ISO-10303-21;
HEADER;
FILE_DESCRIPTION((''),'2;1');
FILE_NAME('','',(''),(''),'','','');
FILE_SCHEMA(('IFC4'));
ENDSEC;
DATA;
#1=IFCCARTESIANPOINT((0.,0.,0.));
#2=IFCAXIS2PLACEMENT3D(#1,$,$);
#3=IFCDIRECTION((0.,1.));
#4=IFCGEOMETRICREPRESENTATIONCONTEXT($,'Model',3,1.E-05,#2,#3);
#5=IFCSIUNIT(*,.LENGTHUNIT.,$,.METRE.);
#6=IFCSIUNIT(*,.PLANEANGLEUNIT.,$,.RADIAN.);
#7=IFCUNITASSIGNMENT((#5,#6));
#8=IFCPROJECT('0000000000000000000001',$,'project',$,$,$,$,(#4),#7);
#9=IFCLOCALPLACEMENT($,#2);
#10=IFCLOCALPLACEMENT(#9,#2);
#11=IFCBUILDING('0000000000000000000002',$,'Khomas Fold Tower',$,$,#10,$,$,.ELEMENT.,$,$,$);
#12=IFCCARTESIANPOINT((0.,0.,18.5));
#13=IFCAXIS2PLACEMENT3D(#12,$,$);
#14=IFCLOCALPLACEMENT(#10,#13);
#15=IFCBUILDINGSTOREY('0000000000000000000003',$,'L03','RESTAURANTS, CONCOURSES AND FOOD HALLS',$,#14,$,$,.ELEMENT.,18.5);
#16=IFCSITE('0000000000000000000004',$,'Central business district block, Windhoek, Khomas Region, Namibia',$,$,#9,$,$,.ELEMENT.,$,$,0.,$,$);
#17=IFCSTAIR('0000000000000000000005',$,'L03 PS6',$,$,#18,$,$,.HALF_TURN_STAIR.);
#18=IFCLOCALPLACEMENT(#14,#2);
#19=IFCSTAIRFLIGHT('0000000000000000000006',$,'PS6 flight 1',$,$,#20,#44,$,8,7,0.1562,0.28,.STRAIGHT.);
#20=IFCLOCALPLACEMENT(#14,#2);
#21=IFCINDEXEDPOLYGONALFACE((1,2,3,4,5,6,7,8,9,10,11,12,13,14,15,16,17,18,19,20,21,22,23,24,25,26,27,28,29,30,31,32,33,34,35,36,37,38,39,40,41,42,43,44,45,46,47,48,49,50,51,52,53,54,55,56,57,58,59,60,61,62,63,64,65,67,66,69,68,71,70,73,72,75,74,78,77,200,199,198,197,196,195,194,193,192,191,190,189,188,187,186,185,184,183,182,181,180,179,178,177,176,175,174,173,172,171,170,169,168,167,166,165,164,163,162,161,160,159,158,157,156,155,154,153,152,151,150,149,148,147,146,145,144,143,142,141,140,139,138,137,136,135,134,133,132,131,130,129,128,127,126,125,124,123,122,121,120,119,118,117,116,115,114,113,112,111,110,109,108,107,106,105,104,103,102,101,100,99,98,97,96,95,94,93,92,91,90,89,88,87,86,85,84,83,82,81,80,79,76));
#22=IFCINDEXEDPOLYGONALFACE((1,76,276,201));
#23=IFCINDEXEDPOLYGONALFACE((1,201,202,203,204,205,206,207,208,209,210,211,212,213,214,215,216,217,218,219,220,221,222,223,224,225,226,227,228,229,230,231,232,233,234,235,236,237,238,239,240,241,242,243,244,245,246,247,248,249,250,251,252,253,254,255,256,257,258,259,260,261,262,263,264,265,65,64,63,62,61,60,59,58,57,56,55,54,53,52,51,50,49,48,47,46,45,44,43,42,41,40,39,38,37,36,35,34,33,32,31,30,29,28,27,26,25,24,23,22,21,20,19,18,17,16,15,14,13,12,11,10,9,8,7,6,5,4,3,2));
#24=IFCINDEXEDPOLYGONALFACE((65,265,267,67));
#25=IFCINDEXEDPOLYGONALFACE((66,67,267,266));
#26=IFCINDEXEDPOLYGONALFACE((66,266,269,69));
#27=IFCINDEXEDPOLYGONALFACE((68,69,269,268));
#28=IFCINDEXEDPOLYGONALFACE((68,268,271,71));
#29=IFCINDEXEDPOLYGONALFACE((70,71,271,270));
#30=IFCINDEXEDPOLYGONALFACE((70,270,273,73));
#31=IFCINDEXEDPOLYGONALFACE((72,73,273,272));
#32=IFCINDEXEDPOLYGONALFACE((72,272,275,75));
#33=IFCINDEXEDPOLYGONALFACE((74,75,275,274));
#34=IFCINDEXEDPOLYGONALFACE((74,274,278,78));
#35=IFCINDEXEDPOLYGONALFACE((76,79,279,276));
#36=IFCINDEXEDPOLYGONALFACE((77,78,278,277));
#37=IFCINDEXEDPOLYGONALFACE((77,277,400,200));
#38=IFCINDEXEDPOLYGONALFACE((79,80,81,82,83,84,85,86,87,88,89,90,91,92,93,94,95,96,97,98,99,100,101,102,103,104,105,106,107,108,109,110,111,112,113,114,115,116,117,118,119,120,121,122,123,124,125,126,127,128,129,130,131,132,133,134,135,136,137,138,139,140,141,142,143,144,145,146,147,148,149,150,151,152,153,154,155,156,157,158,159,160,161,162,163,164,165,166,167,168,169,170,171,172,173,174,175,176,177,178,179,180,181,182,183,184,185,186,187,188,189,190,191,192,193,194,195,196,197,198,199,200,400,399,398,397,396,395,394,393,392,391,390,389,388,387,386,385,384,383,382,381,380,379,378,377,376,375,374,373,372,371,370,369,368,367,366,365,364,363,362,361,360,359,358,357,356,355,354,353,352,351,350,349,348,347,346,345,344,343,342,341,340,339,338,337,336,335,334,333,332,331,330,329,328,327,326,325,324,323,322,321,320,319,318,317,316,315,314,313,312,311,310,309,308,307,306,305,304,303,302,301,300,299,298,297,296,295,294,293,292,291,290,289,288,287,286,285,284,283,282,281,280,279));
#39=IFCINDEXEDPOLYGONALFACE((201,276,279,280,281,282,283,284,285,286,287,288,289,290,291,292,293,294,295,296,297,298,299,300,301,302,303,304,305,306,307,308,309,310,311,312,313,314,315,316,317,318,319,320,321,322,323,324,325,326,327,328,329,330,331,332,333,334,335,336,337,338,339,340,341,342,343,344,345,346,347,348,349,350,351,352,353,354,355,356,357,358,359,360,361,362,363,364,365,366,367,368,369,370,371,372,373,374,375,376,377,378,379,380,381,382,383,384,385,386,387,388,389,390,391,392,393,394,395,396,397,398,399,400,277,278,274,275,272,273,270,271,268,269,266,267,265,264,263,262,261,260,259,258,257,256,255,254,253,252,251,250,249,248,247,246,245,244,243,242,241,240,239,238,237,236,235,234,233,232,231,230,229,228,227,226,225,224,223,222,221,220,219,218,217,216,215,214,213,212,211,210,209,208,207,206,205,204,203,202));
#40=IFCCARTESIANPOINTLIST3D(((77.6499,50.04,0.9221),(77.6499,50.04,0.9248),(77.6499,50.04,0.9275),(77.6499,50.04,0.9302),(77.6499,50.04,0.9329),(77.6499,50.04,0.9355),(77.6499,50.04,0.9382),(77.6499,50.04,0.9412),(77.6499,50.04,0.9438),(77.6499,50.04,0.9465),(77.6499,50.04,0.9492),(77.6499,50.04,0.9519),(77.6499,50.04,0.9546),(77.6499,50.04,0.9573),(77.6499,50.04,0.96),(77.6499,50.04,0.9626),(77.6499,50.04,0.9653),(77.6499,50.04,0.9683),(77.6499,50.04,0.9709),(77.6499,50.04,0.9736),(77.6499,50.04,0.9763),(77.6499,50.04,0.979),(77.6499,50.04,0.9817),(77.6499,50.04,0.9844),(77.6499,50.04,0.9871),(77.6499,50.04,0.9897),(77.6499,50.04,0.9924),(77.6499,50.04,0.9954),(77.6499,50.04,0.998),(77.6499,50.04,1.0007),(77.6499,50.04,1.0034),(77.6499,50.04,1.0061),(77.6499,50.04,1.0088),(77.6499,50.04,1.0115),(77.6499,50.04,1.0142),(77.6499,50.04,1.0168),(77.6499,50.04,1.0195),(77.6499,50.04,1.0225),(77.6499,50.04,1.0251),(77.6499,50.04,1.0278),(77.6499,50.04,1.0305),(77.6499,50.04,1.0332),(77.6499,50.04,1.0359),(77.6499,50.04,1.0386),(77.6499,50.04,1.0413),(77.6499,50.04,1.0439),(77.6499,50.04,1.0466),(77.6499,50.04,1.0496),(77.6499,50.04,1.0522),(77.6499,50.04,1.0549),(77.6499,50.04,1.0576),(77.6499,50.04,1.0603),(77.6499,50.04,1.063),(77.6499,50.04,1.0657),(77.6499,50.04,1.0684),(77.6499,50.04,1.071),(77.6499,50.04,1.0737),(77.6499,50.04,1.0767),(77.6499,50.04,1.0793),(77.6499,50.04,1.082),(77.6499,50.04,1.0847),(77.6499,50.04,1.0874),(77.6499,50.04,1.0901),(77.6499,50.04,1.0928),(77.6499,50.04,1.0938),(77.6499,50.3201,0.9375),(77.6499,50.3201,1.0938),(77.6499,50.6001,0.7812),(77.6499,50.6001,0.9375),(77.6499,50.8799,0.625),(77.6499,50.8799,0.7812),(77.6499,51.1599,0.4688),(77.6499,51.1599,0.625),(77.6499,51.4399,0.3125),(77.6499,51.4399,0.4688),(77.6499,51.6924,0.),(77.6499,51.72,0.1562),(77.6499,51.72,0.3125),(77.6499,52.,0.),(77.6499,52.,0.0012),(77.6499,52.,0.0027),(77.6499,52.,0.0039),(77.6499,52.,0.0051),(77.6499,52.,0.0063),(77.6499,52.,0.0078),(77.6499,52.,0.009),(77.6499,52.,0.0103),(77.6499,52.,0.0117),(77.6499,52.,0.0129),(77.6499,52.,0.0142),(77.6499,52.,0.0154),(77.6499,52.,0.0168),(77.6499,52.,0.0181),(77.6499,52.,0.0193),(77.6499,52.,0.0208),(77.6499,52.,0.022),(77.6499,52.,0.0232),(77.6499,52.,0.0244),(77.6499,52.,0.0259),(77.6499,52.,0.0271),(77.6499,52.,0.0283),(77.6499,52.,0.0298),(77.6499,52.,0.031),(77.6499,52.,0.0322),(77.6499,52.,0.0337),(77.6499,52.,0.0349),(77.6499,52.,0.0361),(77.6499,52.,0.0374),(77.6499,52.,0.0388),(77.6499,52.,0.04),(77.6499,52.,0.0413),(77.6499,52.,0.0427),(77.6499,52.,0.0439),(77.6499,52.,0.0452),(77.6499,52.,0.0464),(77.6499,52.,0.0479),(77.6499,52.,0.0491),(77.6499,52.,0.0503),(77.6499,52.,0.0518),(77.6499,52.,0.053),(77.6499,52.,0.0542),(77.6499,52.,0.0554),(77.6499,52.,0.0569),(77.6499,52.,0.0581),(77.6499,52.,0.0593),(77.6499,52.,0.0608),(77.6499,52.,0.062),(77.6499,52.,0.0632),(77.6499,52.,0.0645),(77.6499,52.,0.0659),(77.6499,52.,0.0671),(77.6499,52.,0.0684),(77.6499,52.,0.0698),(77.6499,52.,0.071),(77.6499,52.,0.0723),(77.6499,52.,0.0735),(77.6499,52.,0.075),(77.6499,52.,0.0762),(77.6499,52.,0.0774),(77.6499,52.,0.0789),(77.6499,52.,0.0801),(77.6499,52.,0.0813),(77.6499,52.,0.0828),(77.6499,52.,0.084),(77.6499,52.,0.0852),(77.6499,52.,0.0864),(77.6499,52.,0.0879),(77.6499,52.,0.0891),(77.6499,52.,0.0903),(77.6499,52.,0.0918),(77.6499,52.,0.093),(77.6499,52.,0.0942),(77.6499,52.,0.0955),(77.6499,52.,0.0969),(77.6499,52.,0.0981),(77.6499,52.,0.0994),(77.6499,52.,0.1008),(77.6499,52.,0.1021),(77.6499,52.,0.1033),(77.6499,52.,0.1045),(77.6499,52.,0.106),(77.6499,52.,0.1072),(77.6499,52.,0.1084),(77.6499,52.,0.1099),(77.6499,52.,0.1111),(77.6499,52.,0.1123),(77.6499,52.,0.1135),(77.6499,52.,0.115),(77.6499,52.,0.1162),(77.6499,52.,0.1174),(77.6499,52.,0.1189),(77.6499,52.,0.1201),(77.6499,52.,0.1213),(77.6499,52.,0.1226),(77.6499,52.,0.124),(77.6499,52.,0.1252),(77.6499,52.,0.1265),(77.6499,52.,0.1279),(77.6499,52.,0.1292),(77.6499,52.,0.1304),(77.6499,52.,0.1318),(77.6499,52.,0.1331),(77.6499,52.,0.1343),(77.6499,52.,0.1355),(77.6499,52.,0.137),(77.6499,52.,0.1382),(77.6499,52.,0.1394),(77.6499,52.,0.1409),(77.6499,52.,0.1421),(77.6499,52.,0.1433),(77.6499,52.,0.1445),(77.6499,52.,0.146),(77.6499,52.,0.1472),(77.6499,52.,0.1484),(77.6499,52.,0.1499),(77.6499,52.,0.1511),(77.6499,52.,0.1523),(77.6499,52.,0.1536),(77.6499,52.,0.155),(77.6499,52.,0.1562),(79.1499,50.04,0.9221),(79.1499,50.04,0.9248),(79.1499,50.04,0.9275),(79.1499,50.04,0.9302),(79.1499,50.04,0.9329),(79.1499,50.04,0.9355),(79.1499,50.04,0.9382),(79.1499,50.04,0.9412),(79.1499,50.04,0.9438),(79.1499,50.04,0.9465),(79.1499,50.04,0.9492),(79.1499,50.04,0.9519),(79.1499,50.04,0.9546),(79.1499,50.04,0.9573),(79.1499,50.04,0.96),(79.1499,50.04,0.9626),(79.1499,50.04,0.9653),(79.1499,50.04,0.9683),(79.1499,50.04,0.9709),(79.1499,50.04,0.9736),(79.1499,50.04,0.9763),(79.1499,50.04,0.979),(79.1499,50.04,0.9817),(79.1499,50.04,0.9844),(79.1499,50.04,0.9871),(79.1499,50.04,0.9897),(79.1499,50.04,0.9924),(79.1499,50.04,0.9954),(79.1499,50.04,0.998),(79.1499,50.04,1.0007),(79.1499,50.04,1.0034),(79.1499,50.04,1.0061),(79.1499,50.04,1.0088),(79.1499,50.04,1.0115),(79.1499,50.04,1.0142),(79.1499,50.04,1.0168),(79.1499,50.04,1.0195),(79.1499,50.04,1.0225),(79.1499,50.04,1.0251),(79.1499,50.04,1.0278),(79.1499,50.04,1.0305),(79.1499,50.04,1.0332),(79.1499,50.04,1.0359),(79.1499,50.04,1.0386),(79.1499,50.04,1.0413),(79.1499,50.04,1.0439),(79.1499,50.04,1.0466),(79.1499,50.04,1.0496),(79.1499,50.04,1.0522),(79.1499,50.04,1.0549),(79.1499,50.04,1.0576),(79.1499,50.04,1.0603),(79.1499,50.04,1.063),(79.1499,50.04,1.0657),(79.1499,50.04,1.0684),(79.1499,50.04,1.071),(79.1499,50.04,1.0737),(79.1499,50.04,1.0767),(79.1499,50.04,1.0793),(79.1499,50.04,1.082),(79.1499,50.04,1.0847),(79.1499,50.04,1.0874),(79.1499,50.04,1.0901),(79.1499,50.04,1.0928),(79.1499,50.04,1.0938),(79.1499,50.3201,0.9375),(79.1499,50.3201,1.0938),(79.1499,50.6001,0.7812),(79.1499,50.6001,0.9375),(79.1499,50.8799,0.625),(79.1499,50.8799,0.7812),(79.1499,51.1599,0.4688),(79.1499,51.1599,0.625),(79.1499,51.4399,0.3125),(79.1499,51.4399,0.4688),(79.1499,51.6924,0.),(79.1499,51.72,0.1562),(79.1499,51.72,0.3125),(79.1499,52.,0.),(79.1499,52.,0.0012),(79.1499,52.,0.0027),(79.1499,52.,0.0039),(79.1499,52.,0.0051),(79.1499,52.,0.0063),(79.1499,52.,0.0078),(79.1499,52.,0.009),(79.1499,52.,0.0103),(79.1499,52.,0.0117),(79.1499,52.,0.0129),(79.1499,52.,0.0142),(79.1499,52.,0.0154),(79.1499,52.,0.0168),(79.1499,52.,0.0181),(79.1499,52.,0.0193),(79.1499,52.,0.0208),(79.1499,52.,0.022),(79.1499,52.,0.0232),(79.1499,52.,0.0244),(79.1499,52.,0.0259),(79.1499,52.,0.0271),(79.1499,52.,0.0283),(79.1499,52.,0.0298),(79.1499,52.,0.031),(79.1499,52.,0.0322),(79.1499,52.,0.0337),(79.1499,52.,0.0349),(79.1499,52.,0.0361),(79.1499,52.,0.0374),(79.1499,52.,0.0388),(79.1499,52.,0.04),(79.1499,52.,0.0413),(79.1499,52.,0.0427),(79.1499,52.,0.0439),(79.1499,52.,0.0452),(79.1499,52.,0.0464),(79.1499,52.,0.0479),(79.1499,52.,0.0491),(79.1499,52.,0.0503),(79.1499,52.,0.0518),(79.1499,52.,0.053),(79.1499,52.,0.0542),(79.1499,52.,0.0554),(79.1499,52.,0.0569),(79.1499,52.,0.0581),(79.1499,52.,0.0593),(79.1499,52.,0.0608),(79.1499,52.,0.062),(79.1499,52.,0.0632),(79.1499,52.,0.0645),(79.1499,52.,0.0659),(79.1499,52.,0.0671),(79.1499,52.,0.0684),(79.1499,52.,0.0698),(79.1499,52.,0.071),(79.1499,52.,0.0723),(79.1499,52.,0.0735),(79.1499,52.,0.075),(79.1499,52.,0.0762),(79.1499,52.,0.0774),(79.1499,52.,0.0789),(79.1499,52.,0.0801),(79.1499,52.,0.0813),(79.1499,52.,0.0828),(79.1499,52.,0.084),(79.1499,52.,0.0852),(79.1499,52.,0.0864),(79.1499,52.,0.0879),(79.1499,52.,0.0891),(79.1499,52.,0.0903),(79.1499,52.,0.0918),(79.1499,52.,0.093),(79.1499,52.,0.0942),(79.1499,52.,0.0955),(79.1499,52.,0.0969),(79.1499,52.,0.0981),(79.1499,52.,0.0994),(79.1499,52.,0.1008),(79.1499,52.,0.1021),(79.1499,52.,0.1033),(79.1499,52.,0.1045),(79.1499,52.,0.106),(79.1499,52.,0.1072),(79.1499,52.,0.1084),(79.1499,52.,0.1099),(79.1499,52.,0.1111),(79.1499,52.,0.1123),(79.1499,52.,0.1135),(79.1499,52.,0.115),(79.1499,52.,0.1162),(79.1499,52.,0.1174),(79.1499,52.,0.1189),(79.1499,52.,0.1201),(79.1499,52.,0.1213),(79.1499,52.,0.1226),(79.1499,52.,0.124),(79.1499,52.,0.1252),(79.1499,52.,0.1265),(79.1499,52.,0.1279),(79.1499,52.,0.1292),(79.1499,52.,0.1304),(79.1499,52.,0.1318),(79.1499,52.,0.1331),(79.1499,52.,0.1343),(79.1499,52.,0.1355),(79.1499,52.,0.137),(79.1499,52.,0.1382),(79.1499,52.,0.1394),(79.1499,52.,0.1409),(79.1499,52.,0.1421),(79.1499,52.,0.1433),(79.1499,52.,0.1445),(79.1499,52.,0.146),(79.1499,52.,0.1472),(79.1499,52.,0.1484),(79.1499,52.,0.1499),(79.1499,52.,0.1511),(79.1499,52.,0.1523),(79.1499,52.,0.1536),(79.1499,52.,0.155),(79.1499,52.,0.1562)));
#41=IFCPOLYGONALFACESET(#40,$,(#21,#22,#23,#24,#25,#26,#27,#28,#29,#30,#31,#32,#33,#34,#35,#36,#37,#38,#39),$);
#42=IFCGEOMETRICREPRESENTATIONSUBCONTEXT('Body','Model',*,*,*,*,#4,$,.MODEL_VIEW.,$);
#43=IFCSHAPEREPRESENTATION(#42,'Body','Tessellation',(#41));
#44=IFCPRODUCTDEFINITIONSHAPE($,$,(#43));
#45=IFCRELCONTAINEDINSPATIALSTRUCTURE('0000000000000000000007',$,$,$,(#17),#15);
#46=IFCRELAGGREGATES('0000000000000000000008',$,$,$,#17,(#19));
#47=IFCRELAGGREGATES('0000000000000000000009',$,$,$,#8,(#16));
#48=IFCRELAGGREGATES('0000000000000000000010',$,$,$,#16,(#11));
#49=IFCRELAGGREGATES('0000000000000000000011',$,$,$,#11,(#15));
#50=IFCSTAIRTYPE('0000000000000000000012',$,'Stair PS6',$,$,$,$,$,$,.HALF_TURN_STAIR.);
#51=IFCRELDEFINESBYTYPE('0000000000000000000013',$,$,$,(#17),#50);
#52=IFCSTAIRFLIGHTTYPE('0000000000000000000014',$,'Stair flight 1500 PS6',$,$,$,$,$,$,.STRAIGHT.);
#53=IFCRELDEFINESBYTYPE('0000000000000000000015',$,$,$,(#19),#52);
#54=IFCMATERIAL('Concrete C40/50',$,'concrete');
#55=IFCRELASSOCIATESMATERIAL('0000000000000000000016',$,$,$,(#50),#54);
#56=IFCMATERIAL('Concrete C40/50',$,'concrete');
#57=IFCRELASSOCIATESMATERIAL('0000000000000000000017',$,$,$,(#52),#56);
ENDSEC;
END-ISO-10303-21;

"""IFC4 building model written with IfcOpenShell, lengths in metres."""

from ifc_helpers import new_model, si_unit, direction, frame, origin, place, context, subcontext, project, spatial, polyline, outline, extrude, source, transform, mapped, material, type_object, element, aggregate, save


model = new_model("IFC4")

# Units and contexts
model_context = context("Model", 3, precision=1e-05, world=origin(), true_north=direction((0.0, 1.0)))
body_context = subcontext(model_context, "Body", "Model", "MODEL_VIEW")
ifc_project = project(units=[si_unit("LENGTHUNIT", "METRE"), si_unit("PLANEANGLEUNIT", "RADIAN")], contexts=[model_context])

# Site, building, storey
site_placement = place(None, origin())
site = spatial("IfcSite", under=ifc_project, at=site_placement, Name="Central business district block, Windhoek, Khomas Region, Namibia", CompositionType="ELEMENT", RefElevation=0.0)
building_placement = place(site_placement, origin())
building = spatial("IfcBuilding", under=site, at=building_placement, Name="Khomas Fold Tower", CompositionType="ELEMENT")
storey_placement = place(building_placement, frame((0.0, 0.0, 18.5)))
storey = spatial("IfcBuildingStorey", under=building, at=storey_placement, Name="L03", Description="RESTAURANTS, CONCOURSES AND FOOD HALLS", CompositionType="ELEMENT", Elevation=18.5)

# Stair, stair flight
shared_shape_1 = source(origin(), body_context, "Body", "SweptSolid", [
    extrude(outline(polyline([(0.0, 0.0), (0.0, 0.0012), (0.0, 0.0027), (0.0, 0.0039), (0.0, 0.0051), (0.0, 0.0063), (0.0, 0.0078), (0.0, 0.009), (0.0, 0.0103), (0.0, 0.0117), (0.0, 0.0129), (0.0, 0.0142), (0.0, 0.0154), (0.0, 0.0168), (0.0, 0.0181), (0.0, 0.0193), (0.0, 0.0208), (0.0, 0.022), (0.0, 0.0232), (0.0, 0.0244), (0.0, 0.0259), (0.0, 0.0271), (0.0, 0.0283), (0.0, 0.0298), (0.0, 0.031), (0.0, 0.0322), (0.0, 0.0337), (0.0, 0.0349), (0.0, 0.0361), (0.0, 0.0374), (0.0, 0.0388), (0.0, 0.04), (0.0, 0.0413), (0.0, 0.0427), (0.0, 0.0439), (0.0, 0.0452), (0.0, 0.0464), (0.0, 0.0479), (0.0, 0.0491), (0.0, 0.0503), (0.0, 0.0518), (0.0, 0.053), (0.0, 0.0542), (0.0, 0.0554), (0.0, 0.0569), (0.0, 0.0581), (0.0, 0.0593), (0.0, 0.0608), (0.0, 0.062), (0.0, 0.0632), (0.0, 0.0645), (0.0, 0.0659), (0.0, 0.0671), (0.0, 0.0684), (0.0, 0.0698), (0.0, 0.071), (0.0, 0.0723), (0.0, 0.0735), (0.0, 0.075), (0.0, 0.0762), (0.0, 0.0774), (0.0, 0.0789), (0.0, 0.0801), (0.0, 0.0813), (0.0, 0.0828), (0.0, 0.084), (0.0, 0.0852), (0.0, 0.0864), (0.0, 0.0879), (0.0, 0.0891), (0.0, 0.0903), (0.0, 0.0918), (0.0, 0.093), (0.0, 0.0942), (0.0, 0.0955), (0.0, 0.0969), (0.0, 0.0981), (0.0, 0.0994), (0.0, 0.1008), (0.0, 0.1021), (0.0, 0.1033), (0.0, 0.1045), (0.0, 0.106), (0.0, 0.1072), (0.0, 0.1084), (0.0, 0.1099), (0.0, 0.1111), (0.0, 0.1123), (0.0, 0.1135), (0.0, 0.115), (0.0, 0.1162), (0.0, 0.1174), (0.0, 0.1189), (0.0, 0.1201), (0.0, 0.1213), (0.0, 0.1226), (0.0, 0.124), (0.0, 0.1252), (0.0, 0.1265), (0.0, 0.1279), (0.0, 0.1292), (0.0, 0.1304), (0.0, 0.1318), (0.0, 0.1331), (0.0, 0.1343), (0.0, 0.1355), (0.0, 0.137), (0.0, 0.1382), (0.0, 0.1394), (0.0, 0.1409), (0.0, 0.1421), (0.0, 0.1433), (0.0, 0.1445), (0.0, 0.146), (0.0, 0.1472), (0.0, 0.1484), (0.0, 0.1499), (0.0, 0.1511), (0.0, 0.1523), (0.0, 0.1536), (0.0, 0.155), (0.0, 0.1562), (0.28, 0.1562), (0.28, 0.3125), (0.5601, 0.3125), (0.5601, 0.4688), (0.8401, 0.4688), (0.8401, 0.625), (1.1201, 0.625), (1.1201, 0.7812), (1.3999, 0.7812), (1.3999, 0.9375), (1.6799, 0.9375), (1.6799, 1.0938), (1.96, 1.0938), (1.96, 1.25), (1.96, 1.2473), (1.96, 1.2446), (1.96, 1.2419), (1.96, 1.2393), (1.96, 1.2363), (1.96, 1.2336), (1.96, 1.231), (1.96, 1.2283), (1.96, 1.2256), (1.96, 1.2229), (1.96, 1.2202), (1.96, 1.2175), (1.96, 1.2148), (1.96, 1.2122), (1.96, 1.2092), (1.96, 1.2065), (1.96, 1.2039), (1.96, 1.2012), (1.96, 1.1985), (1.96, 1.1958), (1.96, 1.1931), (1.96, 1.1904), (1.96, 1.1877), (1.96, 1.1851), (1.96, 1.1821), (1.96, 1.1794), (1.96, 1.1768), (1.96, 1.1741), (1.96, 1.1714), (1.96, 1.1687), (1.96, 1.166), (1.96, 1.1633), (1.96, 1.1606), (1.96, 1.158), (1.96, 1.155), (1.96, 1.1523), (1.96, 1.1497), (1.96, 1.147), (1.96, 1.1443), (1.96, 1.1416), (1.96, 1.1389), (1.96, 1.1362), (1.96, 1.1335), (1.96, 1.1309), (1.96, 1.1279), (1.96, 1.1252), (1.96, 1.1226), (1.96, 1.1199), (1.96, 1.1172), (1.96, 1.1145), (1.96, 1.1118), (1.96, 1.1091), (1.96, 1.1064), (1.96, 1.1038), (1.96, 1.1008), (1.96, 1.0981), (1.96, 1.0955), (1.96, 1.0928), (1.96, 1.0901), (1.96, 1.0874), (1.96, 1.0847), (1.96, 1.082), (1.96, 1.0793), (1.96, 1.0767), (1.96, 1.0737), (1.96, 1.071), (1.96, 1.0684), (1.96, 1.0657), (1.96, 1.063), (1.96, 1.0603), (1.96, 1.0576), (1.96, 1.0549), (1.96, 1.0522), (1.96, 1.0496), (1.96, 1.0466), (1.96, 1.0439), (1.96, 1.0413), (1.96, 1.0386), (1.96, 1.0359), (1.96, 1.0332), (1.96, 1.0305), (1.96, 1.0278), (1.96, 1.0251), (1.96, 1.0225), (1.96, 1.0195), (1.96, 1.0168), (1.96, 1.0142), (1.96, 1.0115), (1.96, 1.0088), (1.96, 1.0061), (1.96, 1.0034), (1.96, 1.0007), (1.96, 0.998), (1.96, 0.9954), (1.96, 0.9924), (1.96, 0.9897), (1.96, 0.9871), (1.96, 0.9844), (1.96, 0.9817), (1.96, 0.979), (1.96, 0.9763), (1.96, 0.9736), (1.96, 0.9709), (1.96, 0.9683), (1.96, 0.9653), (1.96, 0.9626), (1.96, 0.96), (1.96, 0.9573), (1.96, 0.9546), (1.96, 0.9519), (1.96, 0.9492), (1.96, 0.9465), (1.96, 0.9438), (1.96, 0.9412), (1.96, 0.9382), (1.96, 0.9355), (1.96, 0.9329), (1.96, 0.9302), (1.96, 0.9275), (1.96, 0.9248), (1.96, 0.9221), (0.3076, 0.0), (0.0, 0.0)])), frame((0.0, 0.75, 0.0), z_axis=(0.0, -1.0, 0.0), x_axis=(1.0, 0.0, 0.0)), (0.0, 0.0, 1.0), 1.5),
])
ifc_material_1 = material(Name="Concrete C40/50", Category="concrete")
stair_type_1 = type_object("IfcStairType", Name="Stair PS6", PredefinedType="HALF_TURN_STAIR", material=ifc_material_1)
stair_1_placement = place(storey_placement, origin())
stair_1 = element("IfcStair", 1, at=stair_1_placement, inside=storey, type_object=stair_type_1, Name="L03 PS6", PredefinedType="HALF_TURN_STAIR")
ifc_material_2 = material(Name="Concrete C40/50", Category="concrete")
stair_flight_type_1 = type_object("IfcStairFlightType", Name="Stair flight 1500 PS6", PredefinedType="STRAIGHT", material=ifc_material_2)
stair_flight_1_placement = place(storey_placement, frame((78.3999, 52.0, 0.0), z_axis=(0.0, 0.0, 1.0), x_axis=(0.0, -1.0, 0.0)))
stair_flight_1 = element("IfcStairFlight", 2, at=stair_flight_1_placement, type_object=stair_flight_type_1, Name="PS6 flight 1", NumberOfRisers=8, NumberOfTreads=7, PredefinedType="STRAIGHT", RiserHeight=0.1562, TreadLength=0.28, context=body_context, shape_type="MappedRepresentation", body=[
    mapped(shared_shape_1, transform((0.0, 0.0, 0.0))),
])
aggregate(stair_1, [stair_flight_1])

save(model, "model.ifc")
